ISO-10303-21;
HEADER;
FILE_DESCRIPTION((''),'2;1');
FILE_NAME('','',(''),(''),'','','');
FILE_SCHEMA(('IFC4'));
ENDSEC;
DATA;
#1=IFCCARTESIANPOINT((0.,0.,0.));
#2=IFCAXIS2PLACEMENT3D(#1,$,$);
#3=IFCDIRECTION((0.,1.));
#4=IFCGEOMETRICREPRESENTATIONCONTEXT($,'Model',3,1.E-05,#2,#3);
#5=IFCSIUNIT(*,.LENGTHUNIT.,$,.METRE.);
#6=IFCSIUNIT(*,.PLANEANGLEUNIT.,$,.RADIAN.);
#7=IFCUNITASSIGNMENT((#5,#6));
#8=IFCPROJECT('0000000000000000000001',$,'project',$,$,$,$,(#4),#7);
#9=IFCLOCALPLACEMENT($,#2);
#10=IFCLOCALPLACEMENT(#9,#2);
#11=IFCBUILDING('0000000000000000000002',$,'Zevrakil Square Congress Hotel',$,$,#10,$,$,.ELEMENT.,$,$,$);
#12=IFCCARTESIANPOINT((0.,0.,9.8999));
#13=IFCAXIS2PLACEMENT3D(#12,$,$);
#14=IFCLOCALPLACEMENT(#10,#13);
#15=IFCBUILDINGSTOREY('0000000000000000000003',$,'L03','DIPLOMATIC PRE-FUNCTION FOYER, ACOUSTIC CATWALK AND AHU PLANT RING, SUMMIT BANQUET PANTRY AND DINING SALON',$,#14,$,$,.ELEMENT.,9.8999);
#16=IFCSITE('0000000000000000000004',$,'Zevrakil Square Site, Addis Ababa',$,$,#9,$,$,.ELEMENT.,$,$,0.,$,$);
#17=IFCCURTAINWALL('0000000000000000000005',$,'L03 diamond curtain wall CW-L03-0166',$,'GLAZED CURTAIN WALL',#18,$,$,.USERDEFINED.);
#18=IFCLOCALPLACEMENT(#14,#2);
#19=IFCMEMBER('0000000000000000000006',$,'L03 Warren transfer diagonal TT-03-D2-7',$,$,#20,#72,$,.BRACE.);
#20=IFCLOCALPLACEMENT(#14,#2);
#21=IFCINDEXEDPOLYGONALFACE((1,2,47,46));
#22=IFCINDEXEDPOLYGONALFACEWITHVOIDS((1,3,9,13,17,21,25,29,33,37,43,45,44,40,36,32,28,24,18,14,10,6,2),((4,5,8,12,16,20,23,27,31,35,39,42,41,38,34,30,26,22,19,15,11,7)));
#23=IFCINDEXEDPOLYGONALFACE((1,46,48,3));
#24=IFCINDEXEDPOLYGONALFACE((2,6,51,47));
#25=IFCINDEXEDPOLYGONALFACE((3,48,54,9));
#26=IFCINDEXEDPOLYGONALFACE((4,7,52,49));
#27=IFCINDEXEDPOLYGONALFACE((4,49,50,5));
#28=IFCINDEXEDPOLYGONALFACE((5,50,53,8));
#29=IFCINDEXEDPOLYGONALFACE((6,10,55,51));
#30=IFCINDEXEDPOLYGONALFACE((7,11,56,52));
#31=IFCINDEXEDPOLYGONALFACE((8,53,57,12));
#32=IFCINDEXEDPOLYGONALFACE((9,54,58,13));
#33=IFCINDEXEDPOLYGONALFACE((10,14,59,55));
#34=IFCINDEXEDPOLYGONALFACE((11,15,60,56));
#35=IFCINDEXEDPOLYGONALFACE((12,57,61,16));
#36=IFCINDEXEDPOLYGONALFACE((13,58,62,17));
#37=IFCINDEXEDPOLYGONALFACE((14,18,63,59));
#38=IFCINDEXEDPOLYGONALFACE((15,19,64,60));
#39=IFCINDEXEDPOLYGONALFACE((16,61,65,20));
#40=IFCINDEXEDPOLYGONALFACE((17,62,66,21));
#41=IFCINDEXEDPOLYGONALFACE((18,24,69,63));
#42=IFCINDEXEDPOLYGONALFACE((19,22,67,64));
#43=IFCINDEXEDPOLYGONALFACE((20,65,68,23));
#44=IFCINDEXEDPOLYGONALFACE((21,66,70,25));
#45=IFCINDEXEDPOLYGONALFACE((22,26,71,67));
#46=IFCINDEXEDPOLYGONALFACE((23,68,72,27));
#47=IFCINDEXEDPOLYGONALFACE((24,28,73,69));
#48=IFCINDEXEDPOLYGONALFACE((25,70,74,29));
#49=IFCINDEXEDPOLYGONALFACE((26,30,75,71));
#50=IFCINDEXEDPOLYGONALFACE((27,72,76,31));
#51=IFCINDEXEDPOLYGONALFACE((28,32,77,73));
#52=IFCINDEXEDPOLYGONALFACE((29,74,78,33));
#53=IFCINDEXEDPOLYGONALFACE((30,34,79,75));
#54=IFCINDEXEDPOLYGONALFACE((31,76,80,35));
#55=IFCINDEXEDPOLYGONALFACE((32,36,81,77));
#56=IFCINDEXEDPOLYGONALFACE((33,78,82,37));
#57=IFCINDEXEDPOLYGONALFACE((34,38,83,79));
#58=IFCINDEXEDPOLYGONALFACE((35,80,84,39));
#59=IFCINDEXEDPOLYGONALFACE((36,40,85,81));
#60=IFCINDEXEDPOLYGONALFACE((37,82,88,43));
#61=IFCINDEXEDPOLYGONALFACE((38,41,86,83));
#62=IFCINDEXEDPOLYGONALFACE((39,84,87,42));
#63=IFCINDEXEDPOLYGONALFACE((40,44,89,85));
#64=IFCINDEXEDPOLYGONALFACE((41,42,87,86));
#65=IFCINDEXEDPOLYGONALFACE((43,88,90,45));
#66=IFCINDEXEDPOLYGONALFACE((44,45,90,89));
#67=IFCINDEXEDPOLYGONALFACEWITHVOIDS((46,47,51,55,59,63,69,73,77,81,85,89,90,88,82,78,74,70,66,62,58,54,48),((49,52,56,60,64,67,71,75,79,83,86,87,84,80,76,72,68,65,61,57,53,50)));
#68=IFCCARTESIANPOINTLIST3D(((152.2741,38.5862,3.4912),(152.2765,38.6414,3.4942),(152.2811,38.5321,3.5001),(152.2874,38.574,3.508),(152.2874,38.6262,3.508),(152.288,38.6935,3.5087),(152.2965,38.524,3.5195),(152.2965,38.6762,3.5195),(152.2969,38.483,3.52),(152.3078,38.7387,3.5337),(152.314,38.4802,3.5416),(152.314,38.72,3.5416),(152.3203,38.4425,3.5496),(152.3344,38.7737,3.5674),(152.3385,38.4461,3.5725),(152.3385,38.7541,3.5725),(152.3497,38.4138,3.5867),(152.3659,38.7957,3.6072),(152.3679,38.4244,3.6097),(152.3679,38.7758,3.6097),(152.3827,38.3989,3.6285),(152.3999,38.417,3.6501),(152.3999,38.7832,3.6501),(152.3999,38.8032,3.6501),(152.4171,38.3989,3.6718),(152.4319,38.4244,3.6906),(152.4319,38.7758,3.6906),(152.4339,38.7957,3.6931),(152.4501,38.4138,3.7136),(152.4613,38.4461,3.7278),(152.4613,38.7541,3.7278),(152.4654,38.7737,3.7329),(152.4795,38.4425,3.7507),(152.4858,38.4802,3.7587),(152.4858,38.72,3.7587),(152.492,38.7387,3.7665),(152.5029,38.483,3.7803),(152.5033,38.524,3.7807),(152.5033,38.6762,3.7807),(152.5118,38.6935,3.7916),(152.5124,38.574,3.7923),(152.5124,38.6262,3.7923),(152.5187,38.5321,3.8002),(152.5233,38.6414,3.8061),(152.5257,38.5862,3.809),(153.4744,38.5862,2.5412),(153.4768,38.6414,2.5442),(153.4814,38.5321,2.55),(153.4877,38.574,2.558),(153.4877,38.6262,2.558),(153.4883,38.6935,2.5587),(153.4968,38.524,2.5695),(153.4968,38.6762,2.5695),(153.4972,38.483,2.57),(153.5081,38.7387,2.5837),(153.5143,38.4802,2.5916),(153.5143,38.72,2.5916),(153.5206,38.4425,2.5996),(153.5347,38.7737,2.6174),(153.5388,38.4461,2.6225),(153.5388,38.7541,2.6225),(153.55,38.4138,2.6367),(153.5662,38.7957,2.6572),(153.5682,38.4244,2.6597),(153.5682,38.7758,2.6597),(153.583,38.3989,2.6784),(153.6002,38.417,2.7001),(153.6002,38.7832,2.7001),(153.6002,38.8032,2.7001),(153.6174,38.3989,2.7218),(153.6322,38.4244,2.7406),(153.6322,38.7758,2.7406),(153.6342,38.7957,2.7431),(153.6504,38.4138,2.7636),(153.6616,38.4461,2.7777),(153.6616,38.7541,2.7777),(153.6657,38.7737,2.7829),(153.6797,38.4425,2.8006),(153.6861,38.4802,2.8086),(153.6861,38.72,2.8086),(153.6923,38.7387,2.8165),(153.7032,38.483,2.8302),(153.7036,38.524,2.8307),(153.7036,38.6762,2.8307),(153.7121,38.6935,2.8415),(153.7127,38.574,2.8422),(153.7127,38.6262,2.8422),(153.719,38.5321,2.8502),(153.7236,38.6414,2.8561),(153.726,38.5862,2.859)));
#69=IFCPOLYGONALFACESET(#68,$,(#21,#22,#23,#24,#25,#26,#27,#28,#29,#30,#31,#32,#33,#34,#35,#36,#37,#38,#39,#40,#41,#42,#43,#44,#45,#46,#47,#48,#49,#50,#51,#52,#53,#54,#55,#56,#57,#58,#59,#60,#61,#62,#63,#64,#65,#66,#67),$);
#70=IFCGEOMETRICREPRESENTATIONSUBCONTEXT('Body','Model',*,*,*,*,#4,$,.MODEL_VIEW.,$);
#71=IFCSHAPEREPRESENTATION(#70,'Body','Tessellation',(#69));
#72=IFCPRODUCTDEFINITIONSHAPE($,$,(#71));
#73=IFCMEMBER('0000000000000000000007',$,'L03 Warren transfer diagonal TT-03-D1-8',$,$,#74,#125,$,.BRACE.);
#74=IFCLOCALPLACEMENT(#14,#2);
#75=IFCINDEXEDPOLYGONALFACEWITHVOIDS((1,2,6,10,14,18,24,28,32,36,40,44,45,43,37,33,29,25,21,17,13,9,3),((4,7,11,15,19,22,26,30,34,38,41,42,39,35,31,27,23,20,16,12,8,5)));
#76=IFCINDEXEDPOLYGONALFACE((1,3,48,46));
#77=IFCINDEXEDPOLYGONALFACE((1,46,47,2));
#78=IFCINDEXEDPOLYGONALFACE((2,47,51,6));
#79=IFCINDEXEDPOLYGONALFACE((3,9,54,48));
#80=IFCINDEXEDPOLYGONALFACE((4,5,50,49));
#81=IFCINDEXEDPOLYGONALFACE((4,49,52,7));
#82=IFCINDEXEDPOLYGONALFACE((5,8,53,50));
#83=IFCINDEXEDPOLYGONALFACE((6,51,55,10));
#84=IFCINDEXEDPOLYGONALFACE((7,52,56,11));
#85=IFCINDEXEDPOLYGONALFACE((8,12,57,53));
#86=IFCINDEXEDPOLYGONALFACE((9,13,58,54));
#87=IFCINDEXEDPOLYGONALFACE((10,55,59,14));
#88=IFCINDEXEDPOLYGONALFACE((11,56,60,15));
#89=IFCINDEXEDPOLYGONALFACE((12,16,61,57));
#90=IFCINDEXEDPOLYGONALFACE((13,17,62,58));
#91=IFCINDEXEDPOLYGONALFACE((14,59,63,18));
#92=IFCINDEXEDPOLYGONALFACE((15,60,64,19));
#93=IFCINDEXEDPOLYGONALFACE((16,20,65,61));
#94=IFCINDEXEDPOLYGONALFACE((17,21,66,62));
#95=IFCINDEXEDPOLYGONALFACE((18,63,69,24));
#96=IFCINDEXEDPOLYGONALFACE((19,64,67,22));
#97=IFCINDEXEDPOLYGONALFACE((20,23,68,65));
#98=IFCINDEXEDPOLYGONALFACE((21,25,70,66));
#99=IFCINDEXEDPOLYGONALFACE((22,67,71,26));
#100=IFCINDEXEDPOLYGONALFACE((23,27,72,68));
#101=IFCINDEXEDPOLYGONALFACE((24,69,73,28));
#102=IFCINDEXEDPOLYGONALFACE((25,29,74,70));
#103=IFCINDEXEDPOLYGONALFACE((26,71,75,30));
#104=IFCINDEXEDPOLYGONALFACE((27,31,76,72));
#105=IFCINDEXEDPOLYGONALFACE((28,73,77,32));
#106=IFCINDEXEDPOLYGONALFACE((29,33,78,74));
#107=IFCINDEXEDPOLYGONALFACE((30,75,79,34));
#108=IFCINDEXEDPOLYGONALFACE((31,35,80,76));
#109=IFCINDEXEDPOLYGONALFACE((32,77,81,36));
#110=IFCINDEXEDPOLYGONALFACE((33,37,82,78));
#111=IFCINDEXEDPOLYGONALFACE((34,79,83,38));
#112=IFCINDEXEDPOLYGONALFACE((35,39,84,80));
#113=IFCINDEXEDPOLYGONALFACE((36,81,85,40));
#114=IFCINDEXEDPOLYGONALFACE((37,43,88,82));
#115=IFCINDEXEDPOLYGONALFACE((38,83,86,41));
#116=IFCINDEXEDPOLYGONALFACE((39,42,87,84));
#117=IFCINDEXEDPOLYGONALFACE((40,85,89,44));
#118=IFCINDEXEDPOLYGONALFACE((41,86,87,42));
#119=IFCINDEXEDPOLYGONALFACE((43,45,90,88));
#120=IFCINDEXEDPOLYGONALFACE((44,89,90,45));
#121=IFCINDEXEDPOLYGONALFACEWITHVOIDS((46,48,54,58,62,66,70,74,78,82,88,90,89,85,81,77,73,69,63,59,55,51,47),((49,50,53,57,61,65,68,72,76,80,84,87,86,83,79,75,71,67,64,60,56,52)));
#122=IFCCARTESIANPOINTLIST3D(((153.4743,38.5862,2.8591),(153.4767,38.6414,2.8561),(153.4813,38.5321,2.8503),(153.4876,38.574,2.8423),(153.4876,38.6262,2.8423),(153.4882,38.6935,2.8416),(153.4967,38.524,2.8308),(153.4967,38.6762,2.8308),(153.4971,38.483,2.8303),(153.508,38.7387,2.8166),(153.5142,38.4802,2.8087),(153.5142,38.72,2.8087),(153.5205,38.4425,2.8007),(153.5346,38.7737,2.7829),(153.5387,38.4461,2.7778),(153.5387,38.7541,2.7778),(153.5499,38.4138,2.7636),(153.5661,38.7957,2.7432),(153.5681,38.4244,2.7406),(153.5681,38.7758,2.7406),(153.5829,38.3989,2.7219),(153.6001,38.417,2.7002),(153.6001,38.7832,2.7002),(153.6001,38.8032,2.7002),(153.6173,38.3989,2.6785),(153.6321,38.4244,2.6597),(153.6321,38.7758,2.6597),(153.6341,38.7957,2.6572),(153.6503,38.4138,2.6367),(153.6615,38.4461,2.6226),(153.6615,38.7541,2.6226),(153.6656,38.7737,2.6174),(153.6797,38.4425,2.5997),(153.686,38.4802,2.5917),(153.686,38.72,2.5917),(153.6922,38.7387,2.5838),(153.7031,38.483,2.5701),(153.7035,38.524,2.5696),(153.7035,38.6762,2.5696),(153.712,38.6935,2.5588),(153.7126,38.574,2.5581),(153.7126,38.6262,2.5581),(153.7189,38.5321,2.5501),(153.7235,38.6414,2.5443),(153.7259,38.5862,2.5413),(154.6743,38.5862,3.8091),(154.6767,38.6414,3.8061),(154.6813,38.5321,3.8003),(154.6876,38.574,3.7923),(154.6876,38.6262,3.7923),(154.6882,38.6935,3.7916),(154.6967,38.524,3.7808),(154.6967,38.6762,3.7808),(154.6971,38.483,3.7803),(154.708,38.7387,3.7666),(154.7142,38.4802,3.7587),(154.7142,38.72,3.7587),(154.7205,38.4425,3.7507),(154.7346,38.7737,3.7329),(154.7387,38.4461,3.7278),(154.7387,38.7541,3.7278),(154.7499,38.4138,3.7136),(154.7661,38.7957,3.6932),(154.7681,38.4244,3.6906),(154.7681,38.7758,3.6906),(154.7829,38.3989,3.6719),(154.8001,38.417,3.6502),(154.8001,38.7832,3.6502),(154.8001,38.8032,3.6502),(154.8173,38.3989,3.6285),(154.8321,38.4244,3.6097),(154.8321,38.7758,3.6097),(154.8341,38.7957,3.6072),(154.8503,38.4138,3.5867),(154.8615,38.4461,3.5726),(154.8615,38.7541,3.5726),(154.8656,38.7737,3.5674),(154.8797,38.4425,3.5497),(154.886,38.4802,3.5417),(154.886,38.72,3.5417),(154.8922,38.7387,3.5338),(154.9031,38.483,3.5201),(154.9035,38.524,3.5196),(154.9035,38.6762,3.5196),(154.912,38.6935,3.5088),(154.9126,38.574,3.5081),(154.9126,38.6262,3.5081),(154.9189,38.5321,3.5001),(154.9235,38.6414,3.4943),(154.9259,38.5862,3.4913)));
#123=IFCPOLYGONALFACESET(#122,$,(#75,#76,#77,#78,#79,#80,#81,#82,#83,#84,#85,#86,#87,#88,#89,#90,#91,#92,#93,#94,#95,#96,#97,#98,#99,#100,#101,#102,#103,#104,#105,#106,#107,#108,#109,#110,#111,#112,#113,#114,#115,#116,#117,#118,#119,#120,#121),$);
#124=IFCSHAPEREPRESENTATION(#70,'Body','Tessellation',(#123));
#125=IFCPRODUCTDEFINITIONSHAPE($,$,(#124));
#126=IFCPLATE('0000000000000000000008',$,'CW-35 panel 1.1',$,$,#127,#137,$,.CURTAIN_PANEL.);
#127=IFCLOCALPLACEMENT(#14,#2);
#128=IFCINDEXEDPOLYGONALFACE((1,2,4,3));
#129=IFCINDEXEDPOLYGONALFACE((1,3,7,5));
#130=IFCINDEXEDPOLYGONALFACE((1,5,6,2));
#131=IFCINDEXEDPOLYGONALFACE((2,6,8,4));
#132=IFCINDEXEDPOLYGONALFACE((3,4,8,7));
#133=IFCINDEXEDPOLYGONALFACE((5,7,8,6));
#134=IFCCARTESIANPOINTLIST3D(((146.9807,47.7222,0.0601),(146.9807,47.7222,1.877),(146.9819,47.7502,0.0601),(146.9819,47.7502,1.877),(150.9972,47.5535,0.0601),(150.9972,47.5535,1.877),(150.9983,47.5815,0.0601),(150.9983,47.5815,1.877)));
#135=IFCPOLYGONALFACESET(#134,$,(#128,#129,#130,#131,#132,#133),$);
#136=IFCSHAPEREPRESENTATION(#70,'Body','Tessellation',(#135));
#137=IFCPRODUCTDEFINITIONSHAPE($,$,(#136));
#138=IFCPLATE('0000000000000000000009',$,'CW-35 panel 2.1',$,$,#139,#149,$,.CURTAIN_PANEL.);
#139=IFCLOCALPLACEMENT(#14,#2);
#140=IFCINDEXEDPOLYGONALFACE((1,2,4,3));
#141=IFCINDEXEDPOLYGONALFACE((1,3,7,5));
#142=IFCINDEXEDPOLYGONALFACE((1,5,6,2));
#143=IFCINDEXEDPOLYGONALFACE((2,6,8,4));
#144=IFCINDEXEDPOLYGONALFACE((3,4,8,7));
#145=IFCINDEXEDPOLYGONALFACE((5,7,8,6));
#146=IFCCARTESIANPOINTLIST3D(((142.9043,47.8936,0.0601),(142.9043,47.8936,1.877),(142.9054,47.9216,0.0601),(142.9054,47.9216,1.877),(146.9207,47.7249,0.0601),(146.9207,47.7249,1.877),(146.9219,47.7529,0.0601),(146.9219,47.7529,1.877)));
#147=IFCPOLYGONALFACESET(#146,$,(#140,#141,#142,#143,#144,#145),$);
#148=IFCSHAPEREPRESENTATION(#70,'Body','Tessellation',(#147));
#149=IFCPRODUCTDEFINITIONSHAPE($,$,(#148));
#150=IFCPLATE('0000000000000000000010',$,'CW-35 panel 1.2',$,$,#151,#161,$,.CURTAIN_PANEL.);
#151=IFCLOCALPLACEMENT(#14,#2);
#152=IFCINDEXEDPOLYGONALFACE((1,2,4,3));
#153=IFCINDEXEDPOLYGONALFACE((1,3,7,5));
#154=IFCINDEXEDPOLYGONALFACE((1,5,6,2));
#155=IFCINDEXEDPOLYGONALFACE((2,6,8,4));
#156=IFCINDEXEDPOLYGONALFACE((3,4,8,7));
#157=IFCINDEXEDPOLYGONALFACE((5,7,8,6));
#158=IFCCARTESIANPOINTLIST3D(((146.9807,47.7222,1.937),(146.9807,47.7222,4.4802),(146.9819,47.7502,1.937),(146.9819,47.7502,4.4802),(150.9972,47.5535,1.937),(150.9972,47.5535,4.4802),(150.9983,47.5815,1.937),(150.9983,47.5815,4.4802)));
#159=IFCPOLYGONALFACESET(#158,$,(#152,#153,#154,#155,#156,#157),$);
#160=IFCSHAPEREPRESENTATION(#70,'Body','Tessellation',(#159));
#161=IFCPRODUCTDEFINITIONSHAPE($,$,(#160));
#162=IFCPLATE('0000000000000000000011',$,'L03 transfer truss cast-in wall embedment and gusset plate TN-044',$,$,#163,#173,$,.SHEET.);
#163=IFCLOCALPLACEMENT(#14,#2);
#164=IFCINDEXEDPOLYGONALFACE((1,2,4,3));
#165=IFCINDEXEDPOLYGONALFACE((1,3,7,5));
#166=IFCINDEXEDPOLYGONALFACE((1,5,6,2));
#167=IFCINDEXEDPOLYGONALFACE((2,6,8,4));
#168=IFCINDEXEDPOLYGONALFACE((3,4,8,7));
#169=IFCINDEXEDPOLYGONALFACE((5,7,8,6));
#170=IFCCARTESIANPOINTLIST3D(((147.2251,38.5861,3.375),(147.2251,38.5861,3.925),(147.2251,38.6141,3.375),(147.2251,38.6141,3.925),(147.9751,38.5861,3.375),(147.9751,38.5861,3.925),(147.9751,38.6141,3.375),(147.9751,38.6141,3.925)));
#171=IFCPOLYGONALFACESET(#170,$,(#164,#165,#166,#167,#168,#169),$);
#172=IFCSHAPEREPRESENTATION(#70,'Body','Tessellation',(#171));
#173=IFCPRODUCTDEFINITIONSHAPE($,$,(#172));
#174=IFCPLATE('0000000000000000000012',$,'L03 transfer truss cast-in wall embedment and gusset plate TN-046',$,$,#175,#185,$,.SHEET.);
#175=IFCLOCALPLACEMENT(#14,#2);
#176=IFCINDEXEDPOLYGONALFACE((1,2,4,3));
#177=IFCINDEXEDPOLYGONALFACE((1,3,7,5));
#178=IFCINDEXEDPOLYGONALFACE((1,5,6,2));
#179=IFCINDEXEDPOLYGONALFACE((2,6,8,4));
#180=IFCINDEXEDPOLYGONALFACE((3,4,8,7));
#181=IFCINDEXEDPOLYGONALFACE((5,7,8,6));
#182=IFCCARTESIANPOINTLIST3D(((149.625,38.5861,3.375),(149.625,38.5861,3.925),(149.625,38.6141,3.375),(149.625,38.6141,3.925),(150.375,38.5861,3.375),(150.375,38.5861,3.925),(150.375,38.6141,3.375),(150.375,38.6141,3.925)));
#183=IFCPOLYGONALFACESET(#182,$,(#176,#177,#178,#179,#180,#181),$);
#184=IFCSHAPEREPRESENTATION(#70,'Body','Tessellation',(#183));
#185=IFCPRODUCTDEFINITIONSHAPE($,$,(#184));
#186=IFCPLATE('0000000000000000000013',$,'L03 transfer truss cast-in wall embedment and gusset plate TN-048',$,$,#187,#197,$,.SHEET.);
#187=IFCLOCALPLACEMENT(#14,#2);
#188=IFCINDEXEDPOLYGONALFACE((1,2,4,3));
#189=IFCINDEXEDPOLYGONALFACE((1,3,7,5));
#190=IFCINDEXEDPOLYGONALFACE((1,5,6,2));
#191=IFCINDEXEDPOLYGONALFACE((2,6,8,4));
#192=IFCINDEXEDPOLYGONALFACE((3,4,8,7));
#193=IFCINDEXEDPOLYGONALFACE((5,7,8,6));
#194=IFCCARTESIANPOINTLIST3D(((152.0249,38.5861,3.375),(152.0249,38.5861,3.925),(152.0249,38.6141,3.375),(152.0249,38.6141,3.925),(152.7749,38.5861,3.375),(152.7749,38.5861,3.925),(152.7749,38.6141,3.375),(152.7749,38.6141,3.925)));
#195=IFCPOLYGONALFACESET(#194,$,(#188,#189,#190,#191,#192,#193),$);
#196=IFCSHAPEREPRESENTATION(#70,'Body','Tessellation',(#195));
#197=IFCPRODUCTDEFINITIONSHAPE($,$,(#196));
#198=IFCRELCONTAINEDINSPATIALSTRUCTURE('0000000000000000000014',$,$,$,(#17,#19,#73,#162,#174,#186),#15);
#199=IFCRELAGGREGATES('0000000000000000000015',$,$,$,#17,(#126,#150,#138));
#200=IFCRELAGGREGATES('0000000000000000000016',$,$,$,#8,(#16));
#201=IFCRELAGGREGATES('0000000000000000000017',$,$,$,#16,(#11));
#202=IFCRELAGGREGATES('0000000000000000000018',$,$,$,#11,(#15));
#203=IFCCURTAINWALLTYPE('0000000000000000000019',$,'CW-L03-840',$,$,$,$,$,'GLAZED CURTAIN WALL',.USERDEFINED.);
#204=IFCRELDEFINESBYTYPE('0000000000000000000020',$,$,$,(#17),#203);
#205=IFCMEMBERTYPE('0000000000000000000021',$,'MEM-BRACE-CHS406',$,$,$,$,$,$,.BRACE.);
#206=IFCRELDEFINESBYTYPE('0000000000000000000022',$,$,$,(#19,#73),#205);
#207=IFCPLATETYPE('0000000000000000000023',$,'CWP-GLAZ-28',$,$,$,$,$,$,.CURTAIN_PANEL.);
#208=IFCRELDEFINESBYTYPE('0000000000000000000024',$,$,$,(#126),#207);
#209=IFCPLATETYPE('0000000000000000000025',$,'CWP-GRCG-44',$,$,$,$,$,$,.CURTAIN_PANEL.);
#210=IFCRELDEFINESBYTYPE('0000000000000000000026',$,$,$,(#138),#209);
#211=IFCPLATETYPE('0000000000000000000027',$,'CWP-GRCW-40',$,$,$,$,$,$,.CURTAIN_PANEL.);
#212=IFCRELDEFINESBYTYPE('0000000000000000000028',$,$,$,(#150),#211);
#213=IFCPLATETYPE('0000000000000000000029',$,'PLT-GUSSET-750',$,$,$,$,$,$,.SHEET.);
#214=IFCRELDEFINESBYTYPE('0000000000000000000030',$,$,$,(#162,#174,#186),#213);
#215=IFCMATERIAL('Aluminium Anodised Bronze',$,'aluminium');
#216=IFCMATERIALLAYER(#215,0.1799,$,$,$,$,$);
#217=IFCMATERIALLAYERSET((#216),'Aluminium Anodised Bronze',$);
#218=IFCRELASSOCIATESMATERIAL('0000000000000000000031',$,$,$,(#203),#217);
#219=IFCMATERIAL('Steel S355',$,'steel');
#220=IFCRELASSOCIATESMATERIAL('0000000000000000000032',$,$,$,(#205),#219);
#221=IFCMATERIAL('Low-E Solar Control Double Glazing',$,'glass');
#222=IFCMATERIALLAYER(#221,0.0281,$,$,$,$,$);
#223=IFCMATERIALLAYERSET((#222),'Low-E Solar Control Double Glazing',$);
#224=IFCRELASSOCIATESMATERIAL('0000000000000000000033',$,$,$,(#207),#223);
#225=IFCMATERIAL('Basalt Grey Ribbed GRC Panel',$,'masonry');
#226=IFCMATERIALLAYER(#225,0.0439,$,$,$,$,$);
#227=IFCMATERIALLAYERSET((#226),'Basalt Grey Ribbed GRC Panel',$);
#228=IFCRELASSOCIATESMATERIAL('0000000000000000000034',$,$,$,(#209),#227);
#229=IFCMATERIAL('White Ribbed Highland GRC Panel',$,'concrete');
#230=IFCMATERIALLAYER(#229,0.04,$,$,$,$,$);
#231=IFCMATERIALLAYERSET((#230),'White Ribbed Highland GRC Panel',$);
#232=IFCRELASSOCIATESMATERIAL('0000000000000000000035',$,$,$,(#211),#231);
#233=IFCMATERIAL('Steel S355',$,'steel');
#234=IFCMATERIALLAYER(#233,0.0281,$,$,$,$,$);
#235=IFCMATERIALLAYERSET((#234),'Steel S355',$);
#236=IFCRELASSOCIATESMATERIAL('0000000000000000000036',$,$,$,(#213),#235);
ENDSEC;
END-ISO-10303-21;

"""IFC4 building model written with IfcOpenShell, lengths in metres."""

from ifc_helpers import new_model, si_unit, direction, frame, origin, origin_2d, place, context, subcontext, project, spatial, rectangle, hollow_circle, extrude, material, layer, layer_set, material_profile, profile_set, type_object, element, aggregate, save


model = new_model("IFC4")

# Units and contexts
model_context = context("Model", 3, precision=1e-05, world=origin(), true_north=direction((0.0, 1.0)))
body_context = subcontext(model_context, "Body", "Model", "MODEL_VIEW")
ifc_project = project(units=[si_unit("LENGTHUNIT", "METRE"), si_unit("PLANEANGLEUNIT", "RADIAN")], contexts=[model_context])

# Site, building, storey
site_placement = place(None, origin())
site = spatial("IfcSite", under=ifc_project, at=site_placement, Name="Zevrakil Square Site, Addis Ababa", CompositionType="ELEMENT", RefElevation=0.0)
building_placement = place(site_placement, origin())
building = spatial("IfcBuilding", under=site, at=building_placement, Name="Zevrakil Square Congress Hotel", CompositionType="ELEMENT")
storey_placement = place(building_placement, frame((0.0, 0.0, 9.8999)))
storey = spatial("IfcBuildingStorey", under=building, at=storey_placement, Name="L03", Description="DIPLOMATIC PRE-FUNCTION FOYER, ACOUSTIC CATWALK AND AHU PLANT RING, SUMMIT BANQUET PANTRY AND DINING SALON", CompositionType="ELEMENT", Elevation=9.8999)

# Curtain wall
ifc_material_1 = material(Name="Aluminium Anodised Bronze", Category="aluminium")
ifc_layer_1 = layer(ifc_material_1, 0.1799)
ifc_layer_set_1 = layer_set([ifc_layer_1], Name="Aluminium Anodised Bronze")
curtain_wall_type = type_object("IfcCurtainWallType", Name="CW-L03-840", ElementType="GLAZED CURTAIN WALL", PredefinedType="USERDEFINED", material=ifc_layer_set_1)
curtain_wall_placement = place(storey_placement, origin())
curtain_wall = element("IfcCurtainWall", 1, at=curtain_wall_placement, inside=storey, type_object=curtain_wall_type, Name="L03 diamond curtain wall CW-L03-0166", ObjectType="GLAZED CURTAIN WALL", PredefinedType="USERDEFINED")

# Members
ifc_material_2 = material(Name="Steel S355", Category="steel")
ifc_material_profile_1 = material_profile(ifc_material_2, hollow_circle(Radius=0.2031, WallThickness=0.02, at=origin_2d()), Name="CHS 406.4x20")
ifc_profile_set_1 = profile_set([ifc_material_profile_1], Name="Steel S355")
member_type_1 = type_object("IfcMemberType", Name="MEM-BRACE-CHS406", PredefinedType="BRACE", material=ifc_profile_set_1)
member_1_placement = place(storey_placement, frame((152.3999, 38.6001, 3.6501), z_axis=(0.784111, 0.0, -0.620621), x_axis=(0.0, 1.0, 0.0)))
element("IfcMember", 2, at=member_1_placement, inside=storey, type_object=member_type_1, Name="L03 Warren transfer diagonal TT-03-D2-7", PredefinedType="BRACE", context=body_context, shape_type="SweptSolid", body=[
    extrude(hollow_circle(Radius=0.2031, WallThickness=0.02, at=origin_2d()), origin(), (0.0, 0.0, 1.0), 1.5308),
])
member_2_placement = place(storey_placement, frame((153.6001, 38.6001, 2.7002), z_axis=(0.784049, 0.0, 0.620699), x_axis=(0.0, 1.0, 0.0)))
element("IfcMember", 3, at=member_2_placement, inside=storey, type_object=member_type_1, Name="L03 Warren transfer diagonal TT-03-D1-8", PredefinedType="BRACE", context=body_context, shape_type="SweptSolid", body=[
    extrude(hollow_circle(Radius=0.2031, WallThickness=0.02, at=origin_2d()), origin(), (0.0, 0.0, 1.0), 1.5305),
])

# Plates
ifc_material_3 = material(Name="Low-E Solar Control Double Glazing", Category="glass")
ifc_layer_2 = layer(ifc_material_3, 0.0281)
ifc_layer_set_2 = layer_set([ifc_layer_2], Name="Low-E Solar Control Double Glazing")
plate_type_1 = type_object("IfcPlateType", Name="CWP-GLAZ-28", PredefinedType="CURTAIN_PANEL", material=ifc_layer_set_2)
plate_1_placement = place(storey_placement, frame((148.9895, 47.6519, 0.0601), z_axis=(0.0, 0.0, 1.0), x_axis=(-0.999119, 0.041971, 0.0)))
plate_1 = element("IfcPlate", 4, at=plate_1_placement, type_object=plate_type_1, Name="CW-35 panel 1.1", PredefinedType="CURTAIN_PANEL", context=body_context, shape_type="SweptSolid", body=[
    extrude(rectangle(XDim=4.02, YDim=0.0281, at=origin_2d()), origin(), (0.0, 0.0, 1.0), 1.8169),
])
ifc_material_4 = material(Name="Basalt Grey Ribbed GRC Panel", Category="masonry")
ifc_layer_3 = layer(ifc_material_4, 0.0439)
ifc_layer_set_3 = layer_set([ifc_layer_3], Name="Basalt Grey Ribbed GRC Panel")
plate_type_2 = type_object("IfcPlateType", Name="CWP-GRCG-44", PredefinedType="CURTAIN_PANEL", material=ifc_layer_set_3)
plate_2_placement = place(storey_placement, frame((144.9131, 47.8232, 0.0601), z_axis=(0.0, 0.0, 1.0), x_axis=(-0.999119, 0.041971, 0.0)))
plate_2 = element("IfcPlate", 5, at=plate_2_placement, type_object=plate_type_2, Name="CW-35 panel 2.1", PredefinedType="CURTAIN_PANEL", context=body_context, shape_type="SweptSolid", body=[
    extrude(rectangle(XDim=4.02, YDim=0.0281, at=origin_2d()), origin(), (0.0, 0.0, 1.0), 1.8169),
])
ifc_material_5 = material(Name="White Ribbed Highland GRC Panel", Category="concrete")
ifc_layer_4 = layer(ifc_material_5, 0.04)
ifc_layer_set_4 = layer_set([ifc_layer_4], Name="White Ribbed Highland GRC Panel")
plate_type_3 = type_object("IfcPlateType", Name="CWP-GRCW-40", PredefinedType="CURTAIN_PANEL", material=ifc_layer_set_4)
plate_3_placement = place(storey_placement, frame((148.9895, 47.6519, 1.937), z_axis=(0.0, 0.0, 1.0), x_axis=(-0.999119, 0.041971, 0.0)))
plate_3 = element("IfcPlate", 6, at=plate_3_placement, type_object=plate_type_3, Name="CW-35 panel 1.2", PredefinedType="CURTAIN_PANEL", context=body_context, shape_type="SweptSolid", body=[
    extrude(rectangle(XDim=4.02, YDim=0.0281, at=origin_2d()), origin(), (0.0, 0.0, 1.0), 2.5432),
])
aggregate(curtain_wall, [plate_1, plate_3, plate_2])

# Plates
ifc_material_6 = material(Name="Steel S355", Category="steel")
ifc_layer_5 = layer(ifc_material_6, 0.0281)
ifc_layer_set_5 = layer_set([ifc_layer_5], Name="Steel S355")
plate_type_4 = type_object("IfcPlateType", Name="PLT-GUSSET-750", PredefinedType="SHEET", material=ifc_layer_set_5)
for number, where, z_axis, x_axis, name in (
    (7, (147.6001, 38.6001, 3.375), (0.0, 0.0, 1.0), (1.0, 0.0, 0.0), "L03 transfer truss cast-in wall embedment and gusset plate TN-044"),
    (8, (150.0, 38.6001, 3.375), (0.0, 0.0, 1.0), (1.0, 0.0, 0.0), "L03 transfer truss cast-in wall embedment and gusset plate TN-046"),
    (9, (152.3999, 38.6001, 3.375), (0.0, 0.0, 1.0), (1.0, 0.0, 0.0), "L03 transfer truss cast-in wall embedment and gusset plate TN-048"),
):
    element("IfcPlate", number, at=place(storey_placement, frame(where, z_axis=z_axis, x_axis=x_axis)), inside=storey, type_object=plate_type_4, Name=name, PredefinedType="SHEET", context=body_context, shape_type="SweptSolid", body=[
        extrude(rectangle(XDim=0.75, YDim=0.0281, at=origin_2d()), origin(), (0.0, 0.0, 1.0), 0.55),
    ])

save(model, "model.ifc")
